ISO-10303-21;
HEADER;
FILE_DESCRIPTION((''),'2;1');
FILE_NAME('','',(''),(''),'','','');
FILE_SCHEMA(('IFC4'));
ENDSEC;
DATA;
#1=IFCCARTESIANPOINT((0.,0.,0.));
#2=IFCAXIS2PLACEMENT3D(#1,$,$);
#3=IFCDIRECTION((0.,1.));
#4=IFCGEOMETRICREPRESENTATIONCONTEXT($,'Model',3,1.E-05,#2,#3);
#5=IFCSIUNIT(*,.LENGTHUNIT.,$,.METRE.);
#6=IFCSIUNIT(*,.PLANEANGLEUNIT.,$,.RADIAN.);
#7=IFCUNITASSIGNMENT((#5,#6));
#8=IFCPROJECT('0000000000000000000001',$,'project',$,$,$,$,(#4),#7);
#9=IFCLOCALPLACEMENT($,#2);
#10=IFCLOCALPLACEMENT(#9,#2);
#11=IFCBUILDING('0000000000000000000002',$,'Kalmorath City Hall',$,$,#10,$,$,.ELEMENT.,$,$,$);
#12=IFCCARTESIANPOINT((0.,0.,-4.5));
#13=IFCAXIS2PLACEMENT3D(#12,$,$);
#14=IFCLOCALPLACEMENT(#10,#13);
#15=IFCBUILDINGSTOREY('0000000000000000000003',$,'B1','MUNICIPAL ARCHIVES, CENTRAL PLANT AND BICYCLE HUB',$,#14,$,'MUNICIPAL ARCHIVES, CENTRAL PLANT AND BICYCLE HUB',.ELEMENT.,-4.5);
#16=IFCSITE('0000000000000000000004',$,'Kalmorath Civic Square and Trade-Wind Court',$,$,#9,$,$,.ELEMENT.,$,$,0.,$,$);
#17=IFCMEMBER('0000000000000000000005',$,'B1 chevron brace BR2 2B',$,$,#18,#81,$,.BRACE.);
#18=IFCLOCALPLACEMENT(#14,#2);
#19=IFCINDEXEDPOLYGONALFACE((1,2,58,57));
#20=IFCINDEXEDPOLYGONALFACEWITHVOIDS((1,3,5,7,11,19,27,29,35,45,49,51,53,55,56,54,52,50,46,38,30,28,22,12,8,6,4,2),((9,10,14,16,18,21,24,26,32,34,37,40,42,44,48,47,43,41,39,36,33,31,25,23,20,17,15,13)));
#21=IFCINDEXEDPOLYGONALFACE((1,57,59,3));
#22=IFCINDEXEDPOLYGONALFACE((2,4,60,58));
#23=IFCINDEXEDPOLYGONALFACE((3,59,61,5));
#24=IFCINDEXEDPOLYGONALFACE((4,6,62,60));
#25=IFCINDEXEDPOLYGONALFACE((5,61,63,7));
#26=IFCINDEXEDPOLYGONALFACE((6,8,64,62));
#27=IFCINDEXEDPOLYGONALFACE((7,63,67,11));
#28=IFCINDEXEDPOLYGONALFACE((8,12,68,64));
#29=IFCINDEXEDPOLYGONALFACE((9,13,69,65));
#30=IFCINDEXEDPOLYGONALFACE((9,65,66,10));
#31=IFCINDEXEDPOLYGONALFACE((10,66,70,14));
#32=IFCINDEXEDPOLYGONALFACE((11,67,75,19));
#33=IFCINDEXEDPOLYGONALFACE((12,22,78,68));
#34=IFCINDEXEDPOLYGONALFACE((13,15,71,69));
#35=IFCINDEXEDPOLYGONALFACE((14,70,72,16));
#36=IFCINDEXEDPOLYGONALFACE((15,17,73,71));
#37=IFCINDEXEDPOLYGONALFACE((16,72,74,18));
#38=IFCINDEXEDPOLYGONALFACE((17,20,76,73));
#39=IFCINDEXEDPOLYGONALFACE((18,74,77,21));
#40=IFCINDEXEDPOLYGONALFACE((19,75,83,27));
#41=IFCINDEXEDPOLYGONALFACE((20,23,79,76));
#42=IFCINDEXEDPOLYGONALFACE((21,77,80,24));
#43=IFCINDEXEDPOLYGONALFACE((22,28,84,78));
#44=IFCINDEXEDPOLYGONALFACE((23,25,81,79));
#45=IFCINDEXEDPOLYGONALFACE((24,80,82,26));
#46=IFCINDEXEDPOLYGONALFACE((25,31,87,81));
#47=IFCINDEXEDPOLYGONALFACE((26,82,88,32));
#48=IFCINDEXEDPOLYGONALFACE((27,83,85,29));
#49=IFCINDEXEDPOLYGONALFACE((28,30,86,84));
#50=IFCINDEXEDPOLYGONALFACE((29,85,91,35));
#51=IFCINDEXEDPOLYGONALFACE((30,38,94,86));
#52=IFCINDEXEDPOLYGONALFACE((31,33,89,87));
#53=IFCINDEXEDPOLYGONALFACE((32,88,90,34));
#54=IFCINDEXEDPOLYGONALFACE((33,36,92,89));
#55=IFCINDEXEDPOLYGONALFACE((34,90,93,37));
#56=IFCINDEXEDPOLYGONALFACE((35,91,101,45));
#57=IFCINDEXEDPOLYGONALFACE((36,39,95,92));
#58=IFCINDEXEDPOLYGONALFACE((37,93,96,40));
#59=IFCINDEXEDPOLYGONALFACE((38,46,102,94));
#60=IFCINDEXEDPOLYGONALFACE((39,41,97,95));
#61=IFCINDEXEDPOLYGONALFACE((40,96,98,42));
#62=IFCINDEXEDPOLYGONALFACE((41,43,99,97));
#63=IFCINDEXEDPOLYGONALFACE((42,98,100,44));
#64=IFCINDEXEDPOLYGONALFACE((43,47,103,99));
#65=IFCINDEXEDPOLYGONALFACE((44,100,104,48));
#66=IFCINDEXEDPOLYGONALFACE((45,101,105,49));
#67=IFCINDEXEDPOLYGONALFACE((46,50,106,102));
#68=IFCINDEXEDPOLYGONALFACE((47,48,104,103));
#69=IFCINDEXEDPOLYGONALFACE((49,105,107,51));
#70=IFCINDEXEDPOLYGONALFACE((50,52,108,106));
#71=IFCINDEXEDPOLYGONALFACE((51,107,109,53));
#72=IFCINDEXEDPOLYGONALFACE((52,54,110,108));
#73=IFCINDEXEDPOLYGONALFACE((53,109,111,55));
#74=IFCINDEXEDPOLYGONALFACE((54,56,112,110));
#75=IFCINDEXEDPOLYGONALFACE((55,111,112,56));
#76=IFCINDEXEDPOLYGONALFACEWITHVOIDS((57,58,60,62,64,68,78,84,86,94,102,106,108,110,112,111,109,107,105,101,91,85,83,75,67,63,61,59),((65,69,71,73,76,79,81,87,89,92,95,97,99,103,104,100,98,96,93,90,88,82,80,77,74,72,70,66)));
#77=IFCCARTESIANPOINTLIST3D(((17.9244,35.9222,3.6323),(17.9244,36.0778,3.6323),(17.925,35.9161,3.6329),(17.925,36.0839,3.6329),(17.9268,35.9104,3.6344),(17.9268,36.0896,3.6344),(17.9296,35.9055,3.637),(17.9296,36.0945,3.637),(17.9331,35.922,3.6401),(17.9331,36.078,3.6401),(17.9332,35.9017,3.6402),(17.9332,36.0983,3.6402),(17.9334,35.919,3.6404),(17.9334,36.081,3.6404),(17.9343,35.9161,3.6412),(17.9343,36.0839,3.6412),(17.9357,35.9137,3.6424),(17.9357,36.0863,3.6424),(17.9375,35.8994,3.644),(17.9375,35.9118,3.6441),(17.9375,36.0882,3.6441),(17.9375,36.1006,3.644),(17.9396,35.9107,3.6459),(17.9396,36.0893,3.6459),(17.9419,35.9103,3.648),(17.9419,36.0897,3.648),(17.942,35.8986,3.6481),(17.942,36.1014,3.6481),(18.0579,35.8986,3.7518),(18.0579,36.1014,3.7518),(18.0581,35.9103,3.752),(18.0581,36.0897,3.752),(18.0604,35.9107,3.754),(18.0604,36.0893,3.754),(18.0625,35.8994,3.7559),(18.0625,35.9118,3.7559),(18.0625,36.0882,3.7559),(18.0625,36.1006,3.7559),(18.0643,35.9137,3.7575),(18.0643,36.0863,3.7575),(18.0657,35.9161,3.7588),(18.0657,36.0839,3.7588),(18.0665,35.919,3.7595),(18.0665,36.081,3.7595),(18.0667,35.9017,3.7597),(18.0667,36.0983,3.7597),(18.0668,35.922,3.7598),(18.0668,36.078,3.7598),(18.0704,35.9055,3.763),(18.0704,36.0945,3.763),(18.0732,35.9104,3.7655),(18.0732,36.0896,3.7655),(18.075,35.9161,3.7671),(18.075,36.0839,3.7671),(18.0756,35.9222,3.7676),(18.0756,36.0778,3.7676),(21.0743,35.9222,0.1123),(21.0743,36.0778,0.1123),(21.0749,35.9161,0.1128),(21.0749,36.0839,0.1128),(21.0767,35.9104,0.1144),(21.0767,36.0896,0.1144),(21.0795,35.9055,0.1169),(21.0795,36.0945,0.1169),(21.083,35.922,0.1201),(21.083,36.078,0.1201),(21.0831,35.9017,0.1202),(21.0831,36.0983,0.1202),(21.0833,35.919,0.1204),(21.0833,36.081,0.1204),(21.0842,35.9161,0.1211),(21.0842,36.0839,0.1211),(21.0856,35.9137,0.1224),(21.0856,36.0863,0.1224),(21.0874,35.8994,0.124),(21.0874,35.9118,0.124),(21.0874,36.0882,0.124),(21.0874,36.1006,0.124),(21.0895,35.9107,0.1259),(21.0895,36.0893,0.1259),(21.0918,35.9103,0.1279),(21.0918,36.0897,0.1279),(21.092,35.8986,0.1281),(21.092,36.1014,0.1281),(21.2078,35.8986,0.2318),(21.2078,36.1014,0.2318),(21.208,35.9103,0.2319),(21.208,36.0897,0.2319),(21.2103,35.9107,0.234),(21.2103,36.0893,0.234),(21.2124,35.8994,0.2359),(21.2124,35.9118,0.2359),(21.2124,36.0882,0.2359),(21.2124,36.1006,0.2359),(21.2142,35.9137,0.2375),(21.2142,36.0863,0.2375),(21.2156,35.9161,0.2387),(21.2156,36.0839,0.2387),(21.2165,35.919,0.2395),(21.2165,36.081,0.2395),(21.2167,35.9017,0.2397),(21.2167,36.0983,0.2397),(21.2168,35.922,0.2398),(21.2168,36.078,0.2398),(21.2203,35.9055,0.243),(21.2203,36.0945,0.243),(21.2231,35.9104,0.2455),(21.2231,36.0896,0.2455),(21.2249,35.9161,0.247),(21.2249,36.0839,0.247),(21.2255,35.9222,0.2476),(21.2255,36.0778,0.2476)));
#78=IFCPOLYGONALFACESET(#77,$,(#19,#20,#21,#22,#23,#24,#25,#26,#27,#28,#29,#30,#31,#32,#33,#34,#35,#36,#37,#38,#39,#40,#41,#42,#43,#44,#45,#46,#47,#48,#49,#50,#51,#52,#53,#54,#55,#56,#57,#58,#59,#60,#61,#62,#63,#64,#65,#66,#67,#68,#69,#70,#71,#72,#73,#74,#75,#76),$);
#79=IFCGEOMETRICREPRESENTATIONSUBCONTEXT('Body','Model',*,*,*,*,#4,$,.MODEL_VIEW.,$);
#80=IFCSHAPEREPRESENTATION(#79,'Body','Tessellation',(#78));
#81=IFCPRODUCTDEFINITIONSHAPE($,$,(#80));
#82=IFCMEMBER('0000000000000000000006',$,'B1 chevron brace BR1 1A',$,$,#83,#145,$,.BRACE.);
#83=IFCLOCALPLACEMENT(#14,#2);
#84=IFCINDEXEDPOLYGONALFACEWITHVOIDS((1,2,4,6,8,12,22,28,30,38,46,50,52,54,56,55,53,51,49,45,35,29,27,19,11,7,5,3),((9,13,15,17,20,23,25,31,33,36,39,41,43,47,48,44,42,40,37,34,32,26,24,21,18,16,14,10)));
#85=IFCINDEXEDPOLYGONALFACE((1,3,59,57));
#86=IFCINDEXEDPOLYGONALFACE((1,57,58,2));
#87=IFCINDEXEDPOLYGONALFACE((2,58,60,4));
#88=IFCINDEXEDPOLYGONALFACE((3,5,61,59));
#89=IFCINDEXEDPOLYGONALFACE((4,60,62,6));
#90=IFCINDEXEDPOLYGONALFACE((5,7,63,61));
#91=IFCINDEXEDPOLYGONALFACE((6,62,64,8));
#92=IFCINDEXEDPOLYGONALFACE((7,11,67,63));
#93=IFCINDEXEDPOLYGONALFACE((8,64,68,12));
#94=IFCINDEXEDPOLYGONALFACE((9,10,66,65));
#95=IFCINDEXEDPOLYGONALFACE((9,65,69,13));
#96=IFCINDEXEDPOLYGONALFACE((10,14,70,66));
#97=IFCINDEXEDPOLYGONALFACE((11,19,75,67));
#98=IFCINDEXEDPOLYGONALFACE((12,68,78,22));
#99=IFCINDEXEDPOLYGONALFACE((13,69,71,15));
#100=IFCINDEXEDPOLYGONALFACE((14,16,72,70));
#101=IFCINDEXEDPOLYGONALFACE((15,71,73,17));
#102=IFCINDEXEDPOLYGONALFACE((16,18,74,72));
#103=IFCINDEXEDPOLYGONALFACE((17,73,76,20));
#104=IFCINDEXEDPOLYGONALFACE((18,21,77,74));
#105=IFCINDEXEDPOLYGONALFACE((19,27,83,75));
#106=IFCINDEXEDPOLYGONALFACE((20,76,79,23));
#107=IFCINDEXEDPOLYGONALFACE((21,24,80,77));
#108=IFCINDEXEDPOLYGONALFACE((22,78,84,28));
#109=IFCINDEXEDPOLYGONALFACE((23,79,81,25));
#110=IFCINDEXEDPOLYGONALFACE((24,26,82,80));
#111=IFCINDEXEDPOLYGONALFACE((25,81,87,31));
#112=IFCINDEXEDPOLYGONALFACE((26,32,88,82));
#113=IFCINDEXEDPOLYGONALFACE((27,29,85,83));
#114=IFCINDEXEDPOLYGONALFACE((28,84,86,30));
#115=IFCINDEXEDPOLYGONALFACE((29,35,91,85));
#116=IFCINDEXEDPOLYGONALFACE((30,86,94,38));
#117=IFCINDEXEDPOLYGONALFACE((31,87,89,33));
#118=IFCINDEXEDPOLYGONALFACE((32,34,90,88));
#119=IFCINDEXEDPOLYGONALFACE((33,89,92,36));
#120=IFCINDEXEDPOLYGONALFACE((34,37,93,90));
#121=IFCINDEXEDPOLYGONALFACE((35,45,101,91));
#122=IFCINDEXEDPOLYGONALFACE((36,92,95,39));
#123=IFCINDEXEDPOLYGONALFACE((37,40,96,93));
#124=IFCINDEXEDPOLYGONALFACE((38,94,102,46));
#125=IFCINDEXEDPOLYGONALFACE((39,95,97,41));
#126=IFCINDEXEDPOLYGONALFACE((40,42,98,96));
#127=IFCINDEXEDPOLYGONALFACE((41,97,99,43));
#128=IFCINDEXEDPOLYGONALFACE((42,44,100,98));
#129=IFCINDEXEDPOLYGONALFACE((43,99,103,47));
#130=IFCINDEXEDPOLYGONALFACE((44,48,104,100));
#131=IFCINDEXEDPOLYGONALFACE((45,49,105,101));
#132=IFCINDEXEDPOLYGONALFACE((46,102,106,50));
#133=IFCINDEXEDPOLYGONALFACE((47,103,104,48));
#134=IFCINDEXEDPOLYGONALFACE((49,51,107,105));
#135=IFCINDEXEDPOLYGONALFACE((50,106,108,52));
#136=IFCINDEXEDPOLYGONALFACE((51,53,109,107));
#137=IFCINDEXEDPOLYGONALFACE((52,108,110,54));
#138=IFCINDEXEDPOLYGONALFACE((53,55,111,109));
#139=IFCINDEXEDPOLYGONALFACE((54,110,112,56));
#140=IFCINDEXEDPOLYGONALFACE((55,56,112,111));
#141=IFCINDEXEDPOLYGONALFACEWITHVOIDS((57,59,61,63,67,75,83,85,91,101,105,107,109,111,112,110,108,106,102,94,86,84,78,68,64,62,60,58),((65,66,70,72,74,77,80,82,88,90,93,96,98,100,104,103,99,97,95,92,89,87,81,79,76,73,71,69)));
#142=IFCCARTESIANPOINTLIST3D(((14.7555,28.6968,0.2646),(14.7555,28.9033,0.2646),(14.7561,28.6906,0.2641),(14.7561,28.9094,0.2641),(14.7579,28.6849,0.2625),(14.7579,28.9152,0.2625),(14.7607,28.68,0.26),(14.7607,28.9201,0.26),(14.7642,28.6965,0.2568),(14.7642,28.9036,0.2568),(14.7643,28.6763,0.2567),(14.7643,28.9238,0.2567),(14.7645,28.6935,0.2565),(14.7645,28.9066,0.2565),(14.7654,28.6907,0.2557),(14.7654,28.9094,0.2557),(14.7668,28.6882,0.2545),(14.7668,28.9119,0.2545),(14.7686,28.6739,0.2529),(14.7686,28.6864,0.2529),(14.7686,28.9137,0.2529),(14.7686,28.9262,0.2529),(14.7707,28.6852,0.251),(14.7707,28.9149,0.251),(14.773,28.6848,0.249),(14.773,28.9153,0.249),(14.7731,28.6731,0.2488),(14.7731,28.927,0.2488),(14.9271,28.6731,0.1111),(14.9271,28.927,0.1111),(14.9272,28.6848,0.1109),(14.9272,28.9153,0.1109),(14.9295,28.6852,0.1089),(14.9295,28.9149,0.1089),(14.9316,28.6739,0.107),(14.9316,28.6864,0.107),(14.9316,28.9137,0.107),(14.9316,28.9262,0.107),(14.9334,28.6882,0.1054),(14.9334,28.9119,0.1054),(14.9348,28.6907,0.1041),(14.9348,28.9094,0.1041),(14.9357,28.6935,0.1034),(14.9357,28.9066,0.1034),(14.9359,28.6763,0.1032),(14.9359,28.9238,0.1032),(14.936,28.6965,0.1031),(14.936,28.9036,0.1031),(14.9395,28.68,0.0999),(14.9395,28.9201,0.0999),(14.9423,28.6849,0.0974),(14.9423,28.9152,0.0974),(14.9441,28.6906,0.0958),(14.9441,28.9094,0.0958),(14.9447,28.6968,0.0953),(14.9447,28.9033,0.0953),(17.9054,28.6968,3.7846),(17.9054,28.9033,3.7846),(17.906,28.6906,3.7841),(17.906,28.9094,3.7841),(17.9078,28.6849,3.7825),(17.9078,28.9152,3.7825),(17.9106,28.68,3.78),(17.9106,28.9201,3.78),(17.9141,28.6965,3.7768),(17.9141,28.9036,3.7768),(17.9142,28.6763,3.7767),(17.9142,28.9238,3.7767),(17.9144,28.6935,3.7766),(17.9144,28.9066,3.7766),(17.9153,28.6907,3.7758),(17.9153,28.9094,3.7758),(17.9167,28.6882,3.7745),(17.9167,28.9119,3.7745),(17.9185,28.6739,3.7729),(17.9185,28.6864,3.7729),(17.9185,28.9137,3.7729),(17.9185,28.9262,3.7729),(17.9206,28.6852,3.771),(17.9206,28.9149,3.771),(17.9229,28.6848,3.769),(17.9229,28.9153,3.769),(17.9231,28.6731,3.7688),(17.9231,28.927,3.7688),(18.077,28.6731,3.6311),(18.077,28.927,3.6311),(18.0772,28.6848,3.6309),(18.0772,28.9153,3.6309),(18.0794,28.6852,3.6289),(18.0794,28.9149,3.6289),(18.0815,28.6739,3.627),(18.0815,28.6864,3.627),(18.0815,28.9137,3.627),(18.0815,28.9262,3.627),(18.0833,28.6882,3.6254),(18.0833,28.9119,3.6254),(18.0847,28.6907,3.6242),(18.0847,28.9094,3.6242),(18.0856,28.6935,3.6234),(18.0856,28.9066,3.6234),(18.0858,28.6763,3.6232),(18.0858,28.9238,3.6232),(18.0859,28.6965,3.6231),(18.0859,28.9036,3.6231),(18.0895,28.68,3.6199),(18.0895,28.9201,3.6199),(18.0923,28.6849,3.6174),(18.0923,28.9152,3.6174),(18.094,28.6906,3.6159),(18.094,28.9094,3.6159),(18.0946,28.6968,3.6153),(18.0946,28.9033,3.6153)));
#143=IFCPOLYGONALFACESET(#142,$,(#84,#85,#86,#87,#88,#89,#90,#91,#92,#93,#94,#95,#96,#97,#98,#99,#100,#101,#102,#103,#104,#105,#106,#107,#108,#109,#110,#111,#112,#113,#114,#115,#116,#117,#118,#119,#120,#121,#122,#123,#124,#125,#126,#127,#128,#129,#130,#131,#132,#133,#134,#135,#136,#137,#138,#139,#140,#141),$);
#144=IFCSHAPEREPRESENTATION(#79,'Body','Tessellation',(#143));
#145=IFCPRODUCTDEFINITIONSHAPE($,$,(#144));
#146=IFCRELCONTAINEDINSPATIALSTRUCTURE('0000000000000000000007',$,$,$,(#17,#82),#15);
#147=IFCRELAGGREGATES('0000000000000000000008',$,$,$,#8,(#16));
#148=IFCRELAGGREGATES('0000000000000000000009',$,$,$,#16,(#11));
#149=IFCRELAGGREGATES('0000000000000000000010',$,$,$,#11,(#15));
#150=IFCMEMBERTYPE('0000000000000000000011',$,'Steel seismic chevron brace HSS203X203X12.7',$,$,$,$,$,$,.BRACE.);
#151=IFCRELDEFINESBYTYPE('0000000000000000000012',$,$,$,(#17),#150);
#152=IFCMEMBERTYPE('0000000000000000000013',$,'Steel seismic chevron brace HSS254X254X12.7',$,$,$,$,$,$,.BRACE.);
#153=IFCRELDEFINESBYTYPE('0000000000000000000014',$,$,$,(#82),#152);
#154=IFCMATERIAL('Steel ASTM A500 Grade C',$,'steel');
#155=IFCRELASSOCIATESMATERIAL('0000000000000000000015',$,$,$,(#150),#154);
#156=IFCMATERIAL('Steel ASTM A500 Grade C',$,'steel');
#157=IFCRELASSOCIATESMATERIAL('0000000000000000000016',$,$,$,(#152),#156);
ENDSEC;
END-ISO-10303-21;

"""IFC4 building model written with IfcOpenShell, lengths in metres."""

from ifc_helpers import new_model, si_unit, direction, frame, origin, origin_2d, place, context, subcontext, project, spatial, hollow_rectangle, extrude, material, material_profile, profile_set, type_object, element, save


model = new_model("IFC4")

# Units and contexts
model_context = context("Model", 3, precision=1e-05, world=origin(), true_north=direction((0.0, 1.0)))
body_context = subcontext(model_context, "Body", "Model", "MODEL_VIEW")
ifc_project = project(units=[si_unit("LENGTHUNIT", "METRE"), si_unit("PLANEANGLEUNIT", "RADIAN")], contexts=[model_context])

# Site, building, storey
site_placement = place(None, origin())
site = spatial("IfcSite", under=ifc_project, at=site_placement, Name="Kalmorath Civic Square and Trade-Wind Court", CompositionType="ELEMENT", RefElevation=0.0)
building_placement = place(site_placement, origin())
building = spatial("IfcBuilding", under=site, at=building_placement, Name="Kalmorath City Hall", CompositionType="ELEMENT")
storey_placement = place(building_placement, frame((0.0, 0.0, -4.5)))
storey = spatial("IfcBuildingStorey", under=building, at=storey_placement, Name="B1", Description="MUNICIPAL ARCHIVES, CENTRAL PLANT AND BICYCLE HUB", LongName="MUNICIPAL ARCHIVES, CENTRAL PLANT AND BICYCLE HUB", CompositionType="ELEMENT", Elevation=-4.5)

# Members
ifc_material_1 = material(Name="Steel ASTM A500 Grade C", Category="steel")
ifc_material_profile_1 = material_profile(ifc_material_1, hollow_rectangle(XDim=0.2029, YDim=0.2029, WallThickness=0.0117, InnerFilletRadius=0.0117, OuterFilletRadius=0.0237, at=origin_2d()), Name="HSS203X203X12.7")
ifc_profile_set_1 = profile_set([ifc_material_profile_1], Name="Steel ASTM A500 Grade C")
member_type_1 = type_object("IfcMemberType", Name="Steel seismic chevron brace HSS203X203X12.7", PredefinedType="BRACE", material=ifc_profile_set_1)
for number, where, z_axis, x_axis, name in (
    (1, (21.1499, 36.0, 0.1799), (-0.666843, 0.0, 0.745198), (0.0, -1.0, 0.0), "B1 chevron brace BR2 2B"),
):
    element("IfcMember", number, at=place(storey_placement, frame(where, z_axis=z_axis, x_axis=x_axis)), inside=storey, type_object=member_type_1, Name=name, PredefinedType="BRACE", context=body_context, shape_type="SweptSolid", body=[
        extrude(hollow_rectangle(XDim=0.2029, YDim=0.2029, WallThickness=0.0117, InnerFilletRadius=0.0117, OuterFilletRadius=0.0237, at=origin_2d()), origin(), (0.0, 0.0, 1.0), 4.7236),
    ])
ifc_material_2 = material(Name="Steel ASTM A500 Grade C", Category="steel")
ifc_material_profile_2 = material_profile(ifc_material_2, hollow_rectangle(XDim=0.2539, YDim=0.2539, WallThickness=0.0117, InnerFilletRadius=0.0117, OuterFilletRadius=0.0237, at=origin_2d()), Name="HSS254X254X12.7")
ifc_profile_set_2 = profile_set([ifc_material_profile_2], Name="Steel ASTM A500 Grade C")
member_type_2 = type_object("IfcMemberType", Name="Steel seismic chevron brace HSS254X254X12.7", PredefinedType="BRACE", material=ifc_profile_set_2)
for number, where, z_axis, x_axis, name in (
    (2, (14.8501, 28.8, 0.1799), (0.666843, 0.0, 0.745198), (0.0, 1.0, 0.0), "B1 chevron brace BR1 1A"),
):
    element("IfcMember", number, at=place(storey_placement, frame(where, z_axis=z_axis, x_axis=x_axis)), inside=storey, type_object=member_type_2, Name=name, PredefinedType="BRACE", context=body_context, shape_type="SweptSolid", body=[
        extrude(hollow_rectangle(XDim=0.2539, YDim=0.2539, WallThickness=0.0117, InnerFilletRadius=0.0117, OuterFilletRadius=0.0237, at=origin_2d()), origin(), (0.0, 0.0, 1.0), 4.7236),
    ])

save(model, "model.ifc")
